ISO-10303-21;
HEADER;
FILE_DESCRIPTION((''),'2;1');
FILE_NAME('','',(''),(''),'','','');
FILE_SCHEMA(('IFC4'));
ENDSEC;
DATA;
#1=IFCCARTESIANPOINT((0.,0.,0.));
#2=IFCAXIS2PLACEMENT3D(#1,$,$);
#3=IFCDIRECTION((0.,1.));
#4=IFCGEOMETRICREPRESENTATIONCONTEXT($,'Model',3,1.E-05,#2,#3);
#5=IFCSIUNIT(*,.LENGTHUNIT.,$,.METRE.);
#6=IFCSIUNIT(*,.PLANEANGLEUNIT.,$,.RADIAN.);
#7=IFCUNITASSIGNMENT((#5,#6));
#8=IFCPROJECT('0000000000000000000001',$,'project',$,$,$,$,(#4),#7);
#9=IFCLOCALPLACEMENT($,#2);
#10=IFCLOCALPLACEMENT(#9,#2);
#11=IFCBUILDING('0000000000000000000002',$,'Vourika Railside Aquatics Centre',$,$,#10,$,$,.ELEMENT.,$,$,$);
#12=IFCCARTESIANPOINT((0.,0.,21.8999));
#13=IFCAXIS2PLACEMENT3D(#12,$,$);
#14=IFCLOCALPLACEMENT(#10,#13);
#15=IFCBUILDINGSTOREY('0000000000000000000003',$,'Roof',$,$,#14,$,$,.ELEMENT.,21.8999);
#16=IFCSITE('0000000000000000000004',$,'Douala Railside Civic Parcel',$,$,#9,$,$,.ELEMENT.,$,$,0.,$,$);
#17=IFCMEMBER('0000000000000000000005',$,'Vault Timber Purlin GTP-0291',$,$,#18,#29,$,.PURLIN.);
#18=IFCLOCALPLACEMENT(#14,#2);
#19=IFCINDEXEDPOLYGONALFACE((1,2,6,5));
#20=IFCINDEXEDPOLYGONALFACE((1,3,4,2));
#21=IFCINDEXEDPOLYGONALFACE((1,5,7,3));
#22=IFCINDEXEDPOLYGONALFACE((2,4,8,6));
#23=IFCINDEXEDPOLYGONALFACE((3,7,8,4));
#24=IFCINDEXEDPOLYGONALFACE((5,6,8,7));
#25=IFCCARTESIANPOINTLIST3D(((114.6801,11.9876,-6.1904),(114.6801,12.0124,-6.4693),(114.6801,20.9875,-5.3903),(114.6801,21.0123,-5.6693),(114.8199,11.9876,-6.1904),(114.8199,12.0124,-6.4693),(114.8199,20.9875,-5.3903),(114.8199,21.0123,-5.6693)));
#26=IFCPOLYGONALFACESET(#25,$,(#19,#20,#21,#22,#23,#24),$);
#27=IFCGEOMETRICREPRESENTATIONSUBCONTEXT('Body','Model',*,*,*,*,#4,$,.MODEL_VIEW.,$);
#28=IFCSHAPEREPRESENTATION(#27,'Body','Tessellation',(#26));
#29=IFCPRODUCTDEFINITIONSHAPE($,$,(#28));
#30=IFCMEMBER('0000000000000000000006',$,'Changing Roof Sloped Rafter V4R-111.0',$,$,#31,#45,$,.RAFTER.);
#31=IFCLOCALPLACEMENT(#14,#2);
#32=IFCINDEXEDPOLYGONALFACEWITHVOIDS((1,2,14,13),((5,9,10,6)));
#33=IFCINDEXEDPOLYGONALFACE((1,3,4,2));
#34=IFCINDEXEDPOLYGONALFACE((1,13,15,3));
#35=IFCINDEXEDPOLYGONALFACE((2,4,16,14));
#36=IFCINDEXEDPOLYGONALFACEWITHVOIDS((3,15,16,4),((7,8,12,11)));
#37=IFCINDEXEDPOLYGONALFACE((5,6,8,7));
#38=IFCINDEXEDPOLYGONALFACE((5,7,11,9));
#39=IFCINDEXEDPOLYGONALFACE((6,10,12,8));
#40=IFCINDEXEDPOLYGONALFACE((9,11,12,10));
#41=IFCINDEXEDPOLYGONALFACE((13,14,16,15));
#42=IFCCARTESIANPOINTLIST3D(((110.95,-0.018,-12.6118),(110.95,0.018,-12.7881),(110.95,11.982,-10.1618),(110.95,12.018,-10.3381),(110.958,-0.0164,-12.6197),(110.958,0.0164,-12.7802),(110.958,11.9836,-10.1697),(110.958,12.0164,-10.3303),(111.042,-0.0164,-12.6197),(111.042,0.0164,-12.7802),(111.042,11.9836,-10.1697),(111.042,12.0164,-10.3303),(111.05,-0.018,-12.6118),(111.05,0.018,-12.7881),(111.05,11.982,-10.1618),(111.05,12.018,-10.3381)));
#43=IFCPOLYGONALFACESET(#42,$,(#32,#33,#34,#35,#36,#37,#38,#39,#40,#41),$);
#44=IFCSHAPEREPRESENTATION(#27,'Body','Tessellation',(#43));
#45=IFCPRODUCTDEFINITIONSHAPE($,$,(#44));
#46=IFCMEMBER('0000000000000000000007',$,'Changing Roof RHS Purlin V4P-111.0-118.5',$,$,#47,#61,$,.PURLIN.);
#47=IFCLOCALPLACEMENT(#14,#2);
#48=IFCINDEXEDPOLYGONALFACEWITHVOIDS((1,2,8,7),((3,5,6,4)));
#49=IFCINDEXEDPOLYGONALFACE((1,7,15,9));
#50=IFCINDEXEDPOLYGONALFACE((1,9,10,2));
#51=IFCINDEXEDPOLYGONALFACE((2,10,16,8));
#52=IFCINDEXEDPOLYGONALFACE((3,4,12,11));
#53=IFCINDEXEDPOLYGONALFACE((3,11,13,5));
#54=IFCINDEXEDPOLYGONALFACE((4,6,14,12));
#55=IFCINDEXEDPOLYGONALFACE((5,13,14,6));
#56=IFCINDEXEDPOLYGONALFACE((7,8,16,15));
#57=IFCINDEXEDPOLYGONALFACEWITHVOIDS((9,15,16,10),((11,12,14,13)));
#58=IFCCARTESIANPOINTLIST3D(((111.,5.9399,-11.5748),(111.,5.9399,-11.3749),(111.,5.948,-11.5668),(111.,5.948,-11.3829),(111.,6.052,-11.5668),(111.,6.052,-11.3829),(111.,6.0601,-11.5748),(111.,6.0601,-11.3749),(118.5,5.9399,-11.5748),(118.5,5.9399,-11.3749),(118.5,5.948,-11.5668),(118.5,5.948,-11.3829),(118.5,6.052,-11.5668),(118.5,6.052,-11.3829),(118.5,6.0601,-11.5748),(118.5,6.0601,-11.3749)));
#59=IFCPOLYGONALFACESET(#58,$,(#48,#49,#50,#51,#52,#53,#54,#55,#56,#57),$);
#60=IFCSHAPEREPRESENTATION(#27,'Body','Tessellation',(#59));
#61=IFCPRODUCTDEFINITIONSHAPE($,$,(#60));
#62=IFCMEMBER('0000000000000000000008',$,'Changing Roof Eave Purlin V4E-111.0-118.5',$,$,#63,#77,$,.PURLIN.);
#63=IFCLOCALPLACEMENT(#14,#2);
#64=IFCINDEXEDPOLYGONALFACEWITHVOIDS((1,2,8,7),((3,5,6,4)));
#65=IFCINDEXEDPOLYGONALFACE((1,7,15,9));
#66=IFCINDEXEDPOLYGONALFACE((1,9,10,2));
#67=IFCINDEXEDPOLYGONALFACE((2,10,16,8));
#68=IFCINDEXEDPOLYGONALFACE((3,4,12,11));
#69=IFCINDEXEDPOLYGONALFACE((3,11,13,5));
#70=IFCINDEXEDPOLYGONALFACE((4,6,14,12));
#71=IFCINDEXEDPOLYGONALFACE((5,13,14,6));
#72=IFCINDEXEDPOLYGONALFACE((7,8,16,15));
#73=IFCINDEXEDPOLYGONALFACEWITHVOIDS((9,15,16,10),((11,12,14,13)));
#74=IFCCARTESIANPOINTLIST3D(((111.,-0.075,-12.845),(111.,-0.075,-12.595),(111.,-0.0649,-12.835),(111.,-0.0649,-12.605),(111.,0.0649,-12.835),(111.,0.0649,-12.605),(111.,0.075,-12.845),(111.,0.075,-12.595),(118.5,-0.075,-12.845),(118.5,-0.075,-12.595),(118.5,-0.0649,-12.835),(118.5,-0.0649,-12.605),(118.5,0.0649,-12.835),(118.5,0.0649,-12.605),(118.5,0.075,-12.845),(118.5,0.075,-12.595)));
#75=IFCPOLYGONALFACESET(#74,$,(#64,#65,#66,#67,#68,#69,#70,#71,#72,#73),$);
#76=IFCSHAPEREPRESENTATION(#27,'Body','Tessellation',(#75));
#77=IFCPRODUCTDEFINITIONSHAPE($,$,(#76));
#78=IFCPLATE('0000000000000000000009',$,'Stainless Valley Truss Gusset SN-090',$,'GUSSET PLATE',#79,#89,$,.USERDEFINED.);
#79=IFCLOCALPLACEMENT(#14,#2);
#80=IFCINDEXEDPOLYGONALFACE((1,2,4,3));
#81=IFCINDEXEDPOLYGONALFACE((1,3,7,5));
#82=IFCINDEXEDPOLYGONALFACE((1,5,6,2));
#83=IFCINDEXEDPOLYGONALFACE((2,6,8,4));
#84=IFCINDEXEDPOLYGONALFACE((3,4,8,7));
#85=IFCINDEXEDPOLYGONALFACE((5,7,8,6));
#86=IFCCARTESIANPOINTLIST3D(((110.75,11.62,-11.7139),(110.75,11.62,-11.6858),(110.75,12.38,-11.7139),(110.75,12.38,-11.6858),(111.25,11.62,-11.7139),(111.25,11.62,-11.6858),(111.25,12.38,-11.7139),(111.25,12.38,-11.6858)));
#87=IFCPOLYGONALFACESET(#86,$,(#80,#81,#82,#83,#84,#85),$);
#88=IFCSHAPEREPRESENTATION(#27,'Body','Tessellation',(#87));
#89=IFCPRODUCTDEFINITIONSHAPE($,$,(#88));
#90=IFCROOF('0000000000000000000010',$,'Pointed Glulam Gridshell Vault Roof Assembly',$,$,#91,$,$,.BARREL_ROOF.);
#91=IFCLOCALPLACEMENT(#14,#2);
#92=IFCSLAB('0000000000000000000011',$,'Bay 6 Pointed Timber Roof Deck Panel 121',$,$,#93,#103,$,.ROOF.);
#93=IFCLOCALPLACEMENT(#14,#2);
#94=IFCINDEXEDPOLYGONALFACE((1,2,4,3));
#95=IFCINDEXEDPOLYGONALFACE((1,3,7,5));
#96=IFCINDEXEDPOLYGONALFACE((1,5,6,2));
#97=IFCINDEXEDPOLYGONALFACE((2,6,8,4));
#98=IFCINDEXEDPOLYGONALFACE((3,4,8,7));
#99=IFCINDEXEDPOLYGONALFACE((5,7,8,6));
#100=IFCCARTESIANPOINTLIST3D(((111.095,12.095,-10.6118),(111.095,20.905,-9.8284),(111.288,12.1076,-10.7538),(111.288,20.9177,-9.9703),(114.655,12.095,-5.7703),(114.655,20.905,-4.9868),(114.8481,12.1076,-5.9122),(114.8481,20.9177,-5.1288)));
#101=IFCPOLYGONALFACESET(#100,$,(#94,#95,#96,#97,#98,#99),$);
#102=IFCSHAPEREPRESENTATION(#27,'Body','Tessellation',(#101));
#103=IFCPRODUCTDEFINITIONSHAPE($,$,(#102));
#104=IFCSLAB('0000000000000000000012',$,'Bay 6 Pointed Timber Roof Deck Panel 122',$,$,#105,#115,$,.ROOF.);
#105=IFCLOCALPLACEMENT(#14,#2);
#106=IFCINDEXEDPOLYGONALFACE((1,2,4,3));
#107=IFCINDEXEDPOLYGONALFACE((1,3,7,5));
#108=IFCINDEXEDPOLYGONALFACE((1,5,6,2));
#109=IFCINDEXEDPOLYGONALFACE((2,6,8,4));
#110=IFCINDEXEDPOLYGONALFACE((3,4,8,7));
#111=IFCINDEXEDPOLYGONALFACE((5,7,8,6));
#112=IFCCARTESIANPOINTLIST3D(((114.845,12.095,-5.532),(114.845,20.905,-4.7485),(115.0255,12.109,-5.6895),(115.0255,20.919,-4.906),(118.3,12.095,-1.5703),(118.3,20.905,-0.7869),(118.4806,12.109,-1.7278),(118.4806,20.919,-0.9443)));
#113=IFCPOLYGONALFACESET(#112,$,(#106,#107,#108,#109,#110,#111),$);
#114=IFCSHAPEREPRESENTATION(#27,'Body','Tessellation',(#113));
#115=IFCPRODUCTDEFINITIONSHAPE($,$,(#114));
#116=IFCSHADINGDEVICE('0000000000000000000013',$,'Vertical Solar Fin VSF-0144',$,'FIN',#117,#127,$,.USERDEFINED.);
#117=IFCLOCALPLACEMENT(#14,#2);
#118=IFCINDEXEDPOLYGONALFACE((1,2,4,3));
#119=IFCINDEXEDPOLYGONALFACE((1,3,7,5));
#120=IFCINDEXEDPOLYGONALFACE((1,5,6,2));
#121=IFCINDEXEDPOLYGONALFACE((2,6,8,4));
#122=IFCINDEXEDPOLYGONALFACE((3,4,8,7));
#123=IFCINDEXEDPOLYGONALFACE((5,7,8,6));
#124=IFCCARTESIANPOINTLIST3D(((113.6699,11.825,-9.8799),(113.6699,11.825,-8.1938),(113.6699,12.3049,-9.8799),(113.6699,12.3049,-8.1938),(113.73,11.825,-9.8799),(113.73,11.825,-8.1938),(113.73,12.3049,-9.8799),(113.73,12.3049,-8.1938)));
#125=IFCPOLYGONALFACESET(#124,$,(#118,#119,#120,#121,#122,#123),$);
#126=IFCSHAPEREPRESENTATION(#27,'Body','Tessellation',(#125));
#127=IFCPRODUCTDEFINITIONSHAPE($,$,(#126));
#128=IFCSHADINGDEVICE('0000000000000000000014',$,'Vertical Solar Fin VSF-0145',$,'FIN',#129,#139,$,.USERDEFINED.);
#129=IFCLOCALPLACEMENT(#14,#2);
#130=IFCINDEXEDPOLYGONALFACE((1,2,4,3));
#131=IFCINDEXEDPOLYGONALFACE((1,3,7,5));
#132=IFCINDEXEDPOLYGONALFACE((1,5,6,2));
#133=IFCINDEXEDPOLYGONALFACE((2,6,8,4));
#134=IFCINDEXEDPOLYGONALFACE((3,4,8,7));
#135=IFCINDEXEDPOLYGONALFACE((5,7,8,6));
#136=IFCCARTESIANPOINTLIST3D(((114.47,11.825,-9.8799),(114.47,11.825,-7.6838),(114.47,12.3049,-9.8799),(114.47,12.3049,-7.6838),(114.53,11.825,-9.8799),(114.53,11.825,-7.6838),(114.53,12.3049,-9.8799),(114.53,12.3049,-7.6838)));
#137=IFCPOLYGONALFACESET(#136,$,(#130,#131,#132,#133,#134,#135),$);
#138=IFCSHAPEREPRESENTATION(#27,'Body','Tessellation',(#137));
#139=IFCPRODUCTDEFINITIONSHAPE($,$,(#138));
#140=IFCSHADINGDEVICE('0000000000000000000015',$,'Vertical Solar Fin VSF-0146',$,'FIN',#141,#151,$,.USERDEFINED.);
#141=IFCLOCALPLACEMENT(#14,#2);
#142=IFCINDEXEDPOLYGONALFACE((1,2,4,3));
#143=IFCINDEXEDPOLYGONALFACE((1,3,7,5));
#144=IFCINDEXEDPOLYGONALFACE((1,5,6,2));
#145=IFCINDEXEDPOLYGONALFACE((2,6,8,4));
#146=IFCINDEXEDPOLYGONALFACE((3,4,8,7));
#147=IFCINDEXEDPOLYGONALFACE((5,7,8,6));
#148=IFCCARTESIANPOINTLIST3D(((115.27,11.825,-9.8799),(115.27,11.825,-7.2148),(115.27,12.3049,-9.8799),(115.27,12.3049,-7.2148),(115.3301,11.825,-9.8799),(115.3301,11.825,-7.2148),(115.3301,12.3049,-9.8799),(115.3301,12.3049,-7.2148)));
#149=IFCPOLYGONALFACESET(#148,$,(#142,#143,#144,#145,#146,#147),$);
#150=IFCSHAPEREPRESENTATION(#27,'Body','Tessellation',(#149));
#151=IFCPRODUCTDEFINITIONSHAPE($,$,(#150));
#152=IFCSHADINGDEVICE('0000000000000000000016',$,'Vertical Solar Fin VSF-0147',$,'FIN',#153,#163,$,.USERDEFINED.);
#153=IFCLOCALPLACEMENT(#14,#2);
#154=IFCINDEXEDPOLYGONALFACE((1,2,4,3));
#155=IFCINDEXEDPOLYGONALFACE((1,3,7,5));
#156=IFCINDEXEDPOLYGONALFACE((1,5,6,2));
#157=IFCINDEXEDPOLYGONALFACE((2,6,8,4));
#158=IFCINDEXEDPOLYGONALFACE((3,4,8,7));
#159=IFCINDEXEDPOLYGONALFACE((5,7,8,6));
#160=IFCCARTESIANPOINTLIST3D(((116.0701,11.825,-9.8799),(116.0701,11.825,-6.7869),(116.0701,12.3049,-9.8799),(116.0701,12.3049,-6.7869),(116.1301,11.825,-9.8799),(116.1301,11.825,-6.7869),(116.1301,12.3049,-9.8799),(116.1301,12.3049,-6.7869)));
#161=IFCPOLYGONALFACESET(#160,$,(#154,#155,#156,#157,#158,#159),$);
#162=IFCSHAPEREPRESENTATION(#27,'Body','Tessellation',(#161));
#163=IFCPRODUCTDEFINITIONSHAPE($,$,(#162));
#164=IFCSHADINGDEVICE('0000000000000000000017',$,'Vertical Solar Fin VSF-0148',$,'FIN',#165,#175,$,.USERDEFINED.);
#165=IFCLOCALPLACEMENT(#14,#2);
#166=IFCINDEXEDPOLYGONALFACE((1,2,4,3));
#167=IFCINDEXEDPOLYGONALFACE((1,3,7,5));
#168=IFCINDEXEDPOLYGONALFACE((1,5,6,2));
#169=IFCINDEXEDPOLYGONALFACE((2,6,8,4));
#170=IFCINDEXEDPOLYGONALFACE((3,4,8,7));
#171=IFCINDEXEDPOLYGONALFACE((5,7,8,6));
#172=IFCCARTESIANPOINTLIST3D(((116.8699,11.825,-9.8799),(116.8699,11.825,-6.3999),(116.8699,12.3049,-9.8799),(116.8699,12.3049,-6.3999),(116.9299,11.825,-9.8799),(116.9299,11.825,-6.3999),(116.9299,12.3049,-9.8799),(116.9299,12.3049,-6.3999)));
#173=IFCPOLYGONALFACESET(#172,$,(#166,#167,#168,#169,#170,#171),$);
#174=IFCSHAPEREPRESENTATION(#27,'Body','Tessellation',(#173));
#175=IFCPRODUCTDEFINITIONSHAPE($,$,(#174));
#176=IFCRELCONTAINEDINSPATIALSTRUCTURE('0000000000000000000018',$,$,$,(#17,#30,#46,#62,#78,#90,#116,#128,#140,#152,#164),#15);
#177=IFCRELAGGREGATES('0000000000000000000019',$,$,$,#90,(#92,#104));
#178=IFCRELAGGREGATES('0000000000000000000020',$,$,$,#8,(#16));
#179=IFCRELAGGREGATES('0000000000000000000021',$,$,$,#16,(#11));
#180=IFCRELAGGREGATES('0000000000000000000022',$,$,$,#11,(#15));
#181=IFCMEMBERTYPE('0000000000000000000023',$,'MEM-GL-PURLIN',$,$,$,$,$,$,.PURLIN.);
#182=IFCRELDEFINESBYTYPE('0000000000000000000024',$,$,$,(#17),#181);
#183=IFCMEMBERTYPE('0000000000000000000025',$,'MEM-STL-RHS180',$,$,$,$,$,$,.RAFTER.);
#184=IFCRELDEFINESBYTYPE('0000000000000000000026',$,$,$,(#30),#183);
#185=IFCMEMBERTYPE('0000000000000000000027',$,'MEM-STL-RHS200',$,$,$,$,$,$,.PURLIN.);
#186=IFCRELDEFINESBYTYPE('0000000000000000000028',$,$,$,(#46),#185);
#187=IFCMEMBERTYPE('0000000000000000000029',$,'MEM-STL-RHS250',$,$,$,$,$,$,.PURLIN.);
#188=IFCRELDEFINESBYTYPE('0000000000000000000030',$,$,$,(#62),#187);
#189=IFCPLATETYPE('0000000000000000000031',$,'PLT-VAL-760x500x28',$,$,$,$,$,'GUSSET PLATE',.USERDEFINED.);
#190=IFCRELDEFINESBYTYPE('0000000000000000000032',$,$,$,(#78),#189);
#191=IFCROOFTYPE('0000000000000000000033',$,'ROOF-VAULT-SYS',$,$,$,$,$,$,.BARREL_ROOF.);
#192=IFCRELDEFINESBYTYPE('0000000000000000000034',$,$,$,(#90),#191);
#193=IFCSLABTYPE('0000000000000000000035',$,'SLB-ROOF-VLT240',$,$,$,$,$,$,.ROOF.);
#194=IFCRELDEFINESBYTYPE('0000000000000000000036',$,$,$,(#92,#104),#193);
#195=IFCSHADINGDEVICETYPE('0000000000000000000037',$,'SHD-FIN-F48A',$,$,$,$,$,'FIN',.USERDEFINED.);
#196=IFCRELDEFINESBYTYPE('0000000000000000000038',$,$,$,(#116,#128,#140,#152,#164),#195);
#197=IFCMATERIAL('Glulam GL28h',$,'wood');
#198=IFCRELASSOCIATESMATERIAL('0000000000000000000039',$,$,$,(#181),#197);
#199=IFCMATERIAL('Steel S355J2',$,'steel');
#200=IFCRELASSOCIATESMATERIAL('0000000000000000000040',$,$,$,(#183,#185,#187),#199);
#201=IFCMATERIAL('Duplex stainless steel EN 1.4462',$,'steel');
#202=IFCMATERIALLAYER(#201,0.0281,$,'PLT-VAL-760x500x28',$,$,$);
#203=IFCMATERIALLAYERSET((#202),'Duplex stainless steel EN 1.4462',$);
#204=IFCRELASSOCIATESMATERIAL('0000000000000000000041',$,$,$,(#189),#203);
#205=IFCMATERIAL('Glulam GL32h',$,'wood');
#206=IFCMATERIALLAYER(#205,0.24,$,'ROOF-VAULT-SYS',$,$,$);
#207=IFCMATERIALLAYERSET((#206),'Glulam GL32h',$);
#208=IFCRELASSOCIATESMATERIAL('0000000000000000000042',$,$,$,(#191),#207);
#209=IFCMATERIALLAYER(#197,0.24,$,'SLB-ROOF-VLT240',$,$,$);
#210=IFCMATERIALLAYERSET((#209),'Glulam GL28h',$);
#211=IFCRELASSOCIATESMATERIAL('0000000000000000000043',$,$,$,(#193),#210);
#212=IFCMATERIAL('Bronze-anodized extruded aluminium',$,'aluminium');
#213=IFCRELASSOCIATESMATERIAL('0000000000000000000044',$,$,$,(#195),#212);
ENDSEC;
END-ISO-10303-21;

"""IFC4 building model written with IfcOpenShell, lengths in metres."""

from ifc_helpers import new_model, si_unit, direction, frame, origin, origin_2d, place, context, subcontext, project, spatial, polyline, rectangle, hollow_rectangle, outline, extrude, material, layer, layer_set, material_profile, profile_set, type_object, element, aggregate, save


model = new_model("IFC4")

# Units and contexts
model_context = context("Model", 3, precision=1e-05, world=origin(), true_north=direction((0.0, 1.0)))
body_context = subcontext(model_context, "Body", "Model", "MODEL_VIEW")
ifc_project = project(units=[si_unit("LENGTHUNIT", "METRE"), si_unit("PLANEANGLEUNIT", "RADIAN")], contexts=[model_context])

# Site, building, storey
site_placement = place(None, origin())
site = spatial("IfcSite", under=ifc_project, at=site_placement, Name="Douala Railside Civic Parcel", CompositionType="ELEMENT", RefElevation=0.0)
building_placement = place(site_placement, origin())
building = spatial("IfcBuilding", under=site, at=building_placement, Name="Vourika Railside Aquatics Centre", CompositionType="ELEMENT")
storey_placement = place(building_placement, frame((0.0, 0.0, 21.8999)))
storey = spatial("IfcBuildingStorey", under=building, at=storey_placement, Name="Roof", CompositionType="ELEMENT", Elevation=21.8999)

# Shared definitions
ifc_material_1 = material(Name="Steel S355J2", Category="steel")

# Shared definitions
ifc_material_2 = material(Name="Glulam GL32h", Category="wood")

# Members
ifc_material_3 = material(Name="Glulam GL28h", Category="wood")
ifc_material_profile_1 = material_profile(ifc_material_3, rectangle(XDim=0.1399, YDim=0.28, at=origin_2d()), Name="GL28h 140x280")
ifc_profile_set_1 = profile_set([ifc_material_profile_1], Name="Glulam GL28h")
member_type_1 = type_object("IfcMemberType", Name="MEM-GL-PURLIN", PredefinedType="PURLIN", material=ifc_profile_set_1)
member_1_placement = place(storey_placement, frame((114.75, 12.0, -6.3298), z_axis=(0.0, 0.996072, 0.088545), x_axis=(-1.0, 0.0, 0.0)))
element("IfcMember", 1, at=member_1_placement, inside=storey, type_object=member_type_1, Name="Vault Timber Purlin GTP-0291", PredefinedType="PURLIN", context=body_context, shape_type="SweptSolid", body=[
    extrude(rectangle(XDim=0.1399, YDim=0.28, at=origin_2d()), origin(), (0.0, 0.0, 1.0), 9.0354),
])
ifc_material_profile_2 = material_profile(ifc_material_1, hollow_rectangle(XDim=0.1001, YDim=0.1799, WallThickness=0.0081, at=origin_2d()), Name="RHS 180x100x8")
ifc_profile_set_2 = profile_set([ifc_material_profile_2], Name="Steel S355J2")
member_type_2 = type_object("IfcMemberType", Name="MEM-STL-RHS180", PredefinedType="RAFTER", material=ifc_profile_set_2)
member_2_placement = place(storey_placement, frame((111.0, 0.0, -12.7), z_axis=(0.0, 0.979789, 0.200036), x_axis=(-1.0, 0.0, 0.0)))
element("IfcMember", 2, at=member_2_placement, inside=storey, type_object=member_type_2, Name="Changing Roof Sloped Rafter V4R-111.0", PredefinedType="RAFTER", context=body_context, shape_type="SweptSolid", body=[
    extrude(hollow_rectangle(XDim=0.1001, YDim=0.1799, WallThickness=0.0081, at=origin_2d()), origin(), (0.0, 0.0, 1.0), 12.2476),
])
ifc_material_profile_3 = material_profile(ifc_material_1, hollow_rectangle(XDim=0.1201, YDim=0.2, WallThickness=0.0081, at=origin_2d()), Name="RHS 200x120x8")
ifc_profile_set_3 = profile_set([ifc_material_profile_3], Name="Steel S355J2")
member_type_3 = type_object("IfcMemberType", Name="MEM-STL-RHS200", PredefinedType="PURLIN", material=ifc_profile_set_3)
member_3_placement = place(storey_placement, frame((111.0, 6.0, -11.4749), z_axis=(1.0, 0.0, 0.0), x_axis=(0.0, 1.0, 0.0)))
element("IfcMember", 3, at=member_3_placement, inside=storey, type_object=member_type_3, Name="Changing Roof RHS Purlin V4P-111.0-118.5", PredefinedType="PURLIN", context=body_context, shape_type="SweptSolid", body=[
    extrude(hollow_rectangle(XDim=0.1201, YDim=0.2, WallThickness=0.0081, at=origin_2d()), origin(), (0.0, 0.0, 1.0), 7.5),
])
ifc_material_profile_4 = material_profile(ifc_material_1, hollow_rectangle(XDim=0.1499, YDim=0.25, WallThickness=0.01, at=origin_2d()), Name="RHS 250x150x10")
ifc_profile_set_4 = profile_set([ifc_material_profile_4], Name="Steel S355J2")
member_type_4 = type_object("IfcMemberType", Name="MEM-STL-RHS250", PredefinedType="PURLIN", material=ifc_profile_set_4)
member_4_placement = place(storey_placement, frame((111.0, 0.0, -12.72), z_axis=(1.0, 0.0, 0.0), x_axis=(0.0, 1.0, 0.0)))
element("IfcMember", 4, at=member_4_placement, inside=storey, type_object=member_type_4, Name="Changing Roof Eave Purlin V4E-111.0-118.5", PredefinedType="PURLIN", context=body_context, shape_type="SweptSolid", body=[
    extrude(hollow_rectangle(XDim=0.1499, YDim=0.25, WallThickness=0.01, at=origin_2d()), origin(), (0.0, 0.0, 1.0), 7.5),
])

# Plate
ifc_material_4 = material(Name="Duplex stainless steel EN 1.4462", Category="steel")
ifc_layer_1 = layer(ifc_material_4, 0.0281, Name="PLT-VAL-760x500x28")
ifc_layer_set_1 = layer_set([ifc_layer_1], Name="Duplex stainless steel EN 1.4462")
plate_type = type_object("IfcPlateType", Name="PLT-VAL-760x500x28", ElementType="GUSSET PLATE", PredefinedType="USERDEFINED", material=ifc_layer_set_1)
plate_placement = place(storey_placement, frame((111.0, 12.0, -11.7139), z_axis=(0.0, 0.0, 1.0), x_axis=(0.0, 1.0, 0.0)))
element("IfcPlate", 5, at=plate_placement, inside=storey, type_object=plate_type, Name="Stainless Valley Truss Gusset SN-090", ObjectType="GUSSET PLATE", PredefinedType="USERDEFINED", context=body_context, shape_type="SweptSolid", body=[
    extrude(rectangle(XDim=0.76, YDim=0.5, at=origin_2d()), origin(), (0.0, 0.0, 1.0), 0.0281),
])

# Roof, slabs
ifc_layer_2 = layer(ifc_material_2, 0.24, Name="ROOF-VAULT-SYS")
ifc_layer_set_2 = layer_set([ifc_layer_2], Name="Glulam GL32h")
roof_type = type_object("IfcRoofType", Name="ROOF-VAULT-SYS", PredefinedType="BARREL_ROOF", material=ifc_layer_set_2)
roof_placement = place(storey_placement, origin())
roof = element("IfcRoof", 6, at=roof_placement, inside=storey, type_object=roof_type, Name="Pointed Glulam Gridshell Vault Roof Assembly", PredefinedType="BARREL_ROOF")
ifc_layer_3 = layer(ifc_material_3, 0.24, Name="SLB-ROOF-VLT240")
ifc_layer_set_3 = layer_set([ifc_layer_3], Name="Glulam GL28h")
slab_type = type_object("IfcSlabType", Name="SLB-ROOF-VLT240", PredefinedType="ROOF", material=ifc_layer_set_3)
slab_1_placement = place(storey_placement, frame((111.095, 12.095, -10.6118), z_axis=(-0.804528, -0.052607, 0.59158), x_axis=(0.592401, 0.0, 0.805644)))
slab_1 = element("IfcSlab", 7, at=slab_1_placement, type_object=slab_type, Name="Bay 6 Pointed Timber Roof Deck Panel 121", PredefinedType="ROOF", context=body_context, shape_type="SweptSolid", body=[
    extrude(outline(polyline([(0.0, 0.0), (6.0095, 0.0), (6.6407, 8.8223), (0.6312, 8.8223), (0.0, 0.0)])), origin(), (0.0, 0.0, -1.0), 0.24),
])
slab_2_placement = place(storey_placement, frame((114.845, 12.095, -5.532), z_axis=(-0.752365, -0.05835, 0.656157), x_axis=(0.657277, 0.0, 0.753649)))
slab_2 = element("IfcSlab", 8, at=slab_2_placement, type_object=slab_type, Name="Bay 6 Pointed Timber Roof Deck Panel 122", PredefinedType="ROOF", context=body_context, shape_type="SweptSolid", body=[
    extrude(outline(polyline([(0.0, 0.0), (5.2567, 0.0), (5.8471, 8.8251), (0.5904, 8.8251), (0.0, 0.0)])), origin(), (0.0, 0.0, -1.0), 0.24),
])
aggregate(roof, [slab_1, slab_2])

# Shading devices
ifc_material_5 = material(Name="Bronze-anodized extruded aluminium", Category="aluminium")
ifc_material_profile_5 = material_profile(ifc_material_5, rectangle(XDim=0.0601, YDim=0.48, at=origin_2d()), Name="ALU-FIN 60x480")
ifc_profile_set_5 = profile_set([ifc_material_profile_5], Name="Bronze-anodized extruded aluminium")
shading_device_type = type_object("IfcShadingDeviceType", Name="SHD-FIN-F48A", ElementType="FIN", PredefinedType="USERDEFINED", material=ifc_profile_set_5)
shading_device_1_placement = place(storey_placement, frame((113.7, 12.0649, -9.8799), z_axis=(0.0, 0.0, 1.0), x_axis=(-1.0, 0.0, 0.0)))
element("IfcShadingDevice", 9, at=shading_device_1_placement, inside=storey, type_object=shading_device_type, Name="Vertical Solar Fin VSF-0144", ObjectType="FIN", PredefinedType="USERDEFINED", context=body_context, shape_type="SweptSolid", body=[
    extrude(rectangle(XDim=0.0601, YDim=0.48, at=origin_2d()), origin(), (0.0, 0.0, 1.0), 1.686),
])
shading_device_2_placement = place(storey_placement, frame((114.5, 12.0649, -9.8799), z_axis=(0.0, 0.0, 1.0), x_axis=(-1.0, 0.0, 0.0)))
element("IfcShadingDevice", 10, at=shading_device_2_placement, inside=storey, type_object=shading_device_type, Name="Vertical Solar Fin VSF-0145", ObjectType="FIN", PredefinedType="USERDEFINED", context=body_context, shape_type="SweptSolid", body=[
    extrude(rectangle(XDim=0.0601, YDim=0.48, at=origin_2d()), origin(), (0.0, 0.0, 1.0), 2.196),
])
shading_device_3_placement = place(storey_placement, frame((115.3, 12.0649, -9.8799), z_axis=(0.0, 0.0, 1.0), x_axis=(-1.0, 0.0, 0.0)))
element("IfcShadingDevice", 11, at=shading_device_3_placement, inside=storey, type_object=shading_device_type, Name="Vertical Solar Fin VSF-0146", ObjectType="FIN", PredefinedType="USERDEFINED", context=body_context, shape_type="SweptSolid", body=[
    extrude(rectangle(XDim=0.0601, YDim=0.48, at=origin_2d()), origin(), (0.0, 0.0, 1.0), 2.665),
])
shading_device_4_placement = place(storey_placement, frame((116.1001, 12.0649, -9.8799), z_axis=(0.0, 0.0, 1.0), x_axis=(-1.0, 0.0, 0.0)))
element("IfcShadingDevice", 12, at=shading_device_4_placement, inside=storey, type_object=shading_device_type, Name="Vertical Solar Fin VSF-0147", ObjectType="FIN", PredefinedType="USERDEFINED", context=body_context, shape_type="SweptSolid", body=[
    extrude(rectangle(XDim=0.0601, YDim=0.48, at=origin_2d()), origin(), (0.0, 0.0, 1.0), 3.093),
])
shading_device_5_placement = place(storey_placement, frame((116.8999, 12.0649, -9.8799), z_axis=(0.0, 0.0, 1.0), x_axis=(-1.0, 0.0, 0.0)))
element("IfcShadingDevice", 13, at=shading_device_5_placement, inside=storey, type_object=shading_device_type, Name="Vertical Solar Fin VSF-0148", ObjectType="FIN", PredefinedType="USERDEFINED", context=body_context, shape_type="SweptSolid", body=[
    extrude(rectangle(XDim=0.0601, YDim=0.48, at=origin_2d()), origin(), (0.0, 0.0, 1.0), 3.48),
])

save(model, "model.ifc")
